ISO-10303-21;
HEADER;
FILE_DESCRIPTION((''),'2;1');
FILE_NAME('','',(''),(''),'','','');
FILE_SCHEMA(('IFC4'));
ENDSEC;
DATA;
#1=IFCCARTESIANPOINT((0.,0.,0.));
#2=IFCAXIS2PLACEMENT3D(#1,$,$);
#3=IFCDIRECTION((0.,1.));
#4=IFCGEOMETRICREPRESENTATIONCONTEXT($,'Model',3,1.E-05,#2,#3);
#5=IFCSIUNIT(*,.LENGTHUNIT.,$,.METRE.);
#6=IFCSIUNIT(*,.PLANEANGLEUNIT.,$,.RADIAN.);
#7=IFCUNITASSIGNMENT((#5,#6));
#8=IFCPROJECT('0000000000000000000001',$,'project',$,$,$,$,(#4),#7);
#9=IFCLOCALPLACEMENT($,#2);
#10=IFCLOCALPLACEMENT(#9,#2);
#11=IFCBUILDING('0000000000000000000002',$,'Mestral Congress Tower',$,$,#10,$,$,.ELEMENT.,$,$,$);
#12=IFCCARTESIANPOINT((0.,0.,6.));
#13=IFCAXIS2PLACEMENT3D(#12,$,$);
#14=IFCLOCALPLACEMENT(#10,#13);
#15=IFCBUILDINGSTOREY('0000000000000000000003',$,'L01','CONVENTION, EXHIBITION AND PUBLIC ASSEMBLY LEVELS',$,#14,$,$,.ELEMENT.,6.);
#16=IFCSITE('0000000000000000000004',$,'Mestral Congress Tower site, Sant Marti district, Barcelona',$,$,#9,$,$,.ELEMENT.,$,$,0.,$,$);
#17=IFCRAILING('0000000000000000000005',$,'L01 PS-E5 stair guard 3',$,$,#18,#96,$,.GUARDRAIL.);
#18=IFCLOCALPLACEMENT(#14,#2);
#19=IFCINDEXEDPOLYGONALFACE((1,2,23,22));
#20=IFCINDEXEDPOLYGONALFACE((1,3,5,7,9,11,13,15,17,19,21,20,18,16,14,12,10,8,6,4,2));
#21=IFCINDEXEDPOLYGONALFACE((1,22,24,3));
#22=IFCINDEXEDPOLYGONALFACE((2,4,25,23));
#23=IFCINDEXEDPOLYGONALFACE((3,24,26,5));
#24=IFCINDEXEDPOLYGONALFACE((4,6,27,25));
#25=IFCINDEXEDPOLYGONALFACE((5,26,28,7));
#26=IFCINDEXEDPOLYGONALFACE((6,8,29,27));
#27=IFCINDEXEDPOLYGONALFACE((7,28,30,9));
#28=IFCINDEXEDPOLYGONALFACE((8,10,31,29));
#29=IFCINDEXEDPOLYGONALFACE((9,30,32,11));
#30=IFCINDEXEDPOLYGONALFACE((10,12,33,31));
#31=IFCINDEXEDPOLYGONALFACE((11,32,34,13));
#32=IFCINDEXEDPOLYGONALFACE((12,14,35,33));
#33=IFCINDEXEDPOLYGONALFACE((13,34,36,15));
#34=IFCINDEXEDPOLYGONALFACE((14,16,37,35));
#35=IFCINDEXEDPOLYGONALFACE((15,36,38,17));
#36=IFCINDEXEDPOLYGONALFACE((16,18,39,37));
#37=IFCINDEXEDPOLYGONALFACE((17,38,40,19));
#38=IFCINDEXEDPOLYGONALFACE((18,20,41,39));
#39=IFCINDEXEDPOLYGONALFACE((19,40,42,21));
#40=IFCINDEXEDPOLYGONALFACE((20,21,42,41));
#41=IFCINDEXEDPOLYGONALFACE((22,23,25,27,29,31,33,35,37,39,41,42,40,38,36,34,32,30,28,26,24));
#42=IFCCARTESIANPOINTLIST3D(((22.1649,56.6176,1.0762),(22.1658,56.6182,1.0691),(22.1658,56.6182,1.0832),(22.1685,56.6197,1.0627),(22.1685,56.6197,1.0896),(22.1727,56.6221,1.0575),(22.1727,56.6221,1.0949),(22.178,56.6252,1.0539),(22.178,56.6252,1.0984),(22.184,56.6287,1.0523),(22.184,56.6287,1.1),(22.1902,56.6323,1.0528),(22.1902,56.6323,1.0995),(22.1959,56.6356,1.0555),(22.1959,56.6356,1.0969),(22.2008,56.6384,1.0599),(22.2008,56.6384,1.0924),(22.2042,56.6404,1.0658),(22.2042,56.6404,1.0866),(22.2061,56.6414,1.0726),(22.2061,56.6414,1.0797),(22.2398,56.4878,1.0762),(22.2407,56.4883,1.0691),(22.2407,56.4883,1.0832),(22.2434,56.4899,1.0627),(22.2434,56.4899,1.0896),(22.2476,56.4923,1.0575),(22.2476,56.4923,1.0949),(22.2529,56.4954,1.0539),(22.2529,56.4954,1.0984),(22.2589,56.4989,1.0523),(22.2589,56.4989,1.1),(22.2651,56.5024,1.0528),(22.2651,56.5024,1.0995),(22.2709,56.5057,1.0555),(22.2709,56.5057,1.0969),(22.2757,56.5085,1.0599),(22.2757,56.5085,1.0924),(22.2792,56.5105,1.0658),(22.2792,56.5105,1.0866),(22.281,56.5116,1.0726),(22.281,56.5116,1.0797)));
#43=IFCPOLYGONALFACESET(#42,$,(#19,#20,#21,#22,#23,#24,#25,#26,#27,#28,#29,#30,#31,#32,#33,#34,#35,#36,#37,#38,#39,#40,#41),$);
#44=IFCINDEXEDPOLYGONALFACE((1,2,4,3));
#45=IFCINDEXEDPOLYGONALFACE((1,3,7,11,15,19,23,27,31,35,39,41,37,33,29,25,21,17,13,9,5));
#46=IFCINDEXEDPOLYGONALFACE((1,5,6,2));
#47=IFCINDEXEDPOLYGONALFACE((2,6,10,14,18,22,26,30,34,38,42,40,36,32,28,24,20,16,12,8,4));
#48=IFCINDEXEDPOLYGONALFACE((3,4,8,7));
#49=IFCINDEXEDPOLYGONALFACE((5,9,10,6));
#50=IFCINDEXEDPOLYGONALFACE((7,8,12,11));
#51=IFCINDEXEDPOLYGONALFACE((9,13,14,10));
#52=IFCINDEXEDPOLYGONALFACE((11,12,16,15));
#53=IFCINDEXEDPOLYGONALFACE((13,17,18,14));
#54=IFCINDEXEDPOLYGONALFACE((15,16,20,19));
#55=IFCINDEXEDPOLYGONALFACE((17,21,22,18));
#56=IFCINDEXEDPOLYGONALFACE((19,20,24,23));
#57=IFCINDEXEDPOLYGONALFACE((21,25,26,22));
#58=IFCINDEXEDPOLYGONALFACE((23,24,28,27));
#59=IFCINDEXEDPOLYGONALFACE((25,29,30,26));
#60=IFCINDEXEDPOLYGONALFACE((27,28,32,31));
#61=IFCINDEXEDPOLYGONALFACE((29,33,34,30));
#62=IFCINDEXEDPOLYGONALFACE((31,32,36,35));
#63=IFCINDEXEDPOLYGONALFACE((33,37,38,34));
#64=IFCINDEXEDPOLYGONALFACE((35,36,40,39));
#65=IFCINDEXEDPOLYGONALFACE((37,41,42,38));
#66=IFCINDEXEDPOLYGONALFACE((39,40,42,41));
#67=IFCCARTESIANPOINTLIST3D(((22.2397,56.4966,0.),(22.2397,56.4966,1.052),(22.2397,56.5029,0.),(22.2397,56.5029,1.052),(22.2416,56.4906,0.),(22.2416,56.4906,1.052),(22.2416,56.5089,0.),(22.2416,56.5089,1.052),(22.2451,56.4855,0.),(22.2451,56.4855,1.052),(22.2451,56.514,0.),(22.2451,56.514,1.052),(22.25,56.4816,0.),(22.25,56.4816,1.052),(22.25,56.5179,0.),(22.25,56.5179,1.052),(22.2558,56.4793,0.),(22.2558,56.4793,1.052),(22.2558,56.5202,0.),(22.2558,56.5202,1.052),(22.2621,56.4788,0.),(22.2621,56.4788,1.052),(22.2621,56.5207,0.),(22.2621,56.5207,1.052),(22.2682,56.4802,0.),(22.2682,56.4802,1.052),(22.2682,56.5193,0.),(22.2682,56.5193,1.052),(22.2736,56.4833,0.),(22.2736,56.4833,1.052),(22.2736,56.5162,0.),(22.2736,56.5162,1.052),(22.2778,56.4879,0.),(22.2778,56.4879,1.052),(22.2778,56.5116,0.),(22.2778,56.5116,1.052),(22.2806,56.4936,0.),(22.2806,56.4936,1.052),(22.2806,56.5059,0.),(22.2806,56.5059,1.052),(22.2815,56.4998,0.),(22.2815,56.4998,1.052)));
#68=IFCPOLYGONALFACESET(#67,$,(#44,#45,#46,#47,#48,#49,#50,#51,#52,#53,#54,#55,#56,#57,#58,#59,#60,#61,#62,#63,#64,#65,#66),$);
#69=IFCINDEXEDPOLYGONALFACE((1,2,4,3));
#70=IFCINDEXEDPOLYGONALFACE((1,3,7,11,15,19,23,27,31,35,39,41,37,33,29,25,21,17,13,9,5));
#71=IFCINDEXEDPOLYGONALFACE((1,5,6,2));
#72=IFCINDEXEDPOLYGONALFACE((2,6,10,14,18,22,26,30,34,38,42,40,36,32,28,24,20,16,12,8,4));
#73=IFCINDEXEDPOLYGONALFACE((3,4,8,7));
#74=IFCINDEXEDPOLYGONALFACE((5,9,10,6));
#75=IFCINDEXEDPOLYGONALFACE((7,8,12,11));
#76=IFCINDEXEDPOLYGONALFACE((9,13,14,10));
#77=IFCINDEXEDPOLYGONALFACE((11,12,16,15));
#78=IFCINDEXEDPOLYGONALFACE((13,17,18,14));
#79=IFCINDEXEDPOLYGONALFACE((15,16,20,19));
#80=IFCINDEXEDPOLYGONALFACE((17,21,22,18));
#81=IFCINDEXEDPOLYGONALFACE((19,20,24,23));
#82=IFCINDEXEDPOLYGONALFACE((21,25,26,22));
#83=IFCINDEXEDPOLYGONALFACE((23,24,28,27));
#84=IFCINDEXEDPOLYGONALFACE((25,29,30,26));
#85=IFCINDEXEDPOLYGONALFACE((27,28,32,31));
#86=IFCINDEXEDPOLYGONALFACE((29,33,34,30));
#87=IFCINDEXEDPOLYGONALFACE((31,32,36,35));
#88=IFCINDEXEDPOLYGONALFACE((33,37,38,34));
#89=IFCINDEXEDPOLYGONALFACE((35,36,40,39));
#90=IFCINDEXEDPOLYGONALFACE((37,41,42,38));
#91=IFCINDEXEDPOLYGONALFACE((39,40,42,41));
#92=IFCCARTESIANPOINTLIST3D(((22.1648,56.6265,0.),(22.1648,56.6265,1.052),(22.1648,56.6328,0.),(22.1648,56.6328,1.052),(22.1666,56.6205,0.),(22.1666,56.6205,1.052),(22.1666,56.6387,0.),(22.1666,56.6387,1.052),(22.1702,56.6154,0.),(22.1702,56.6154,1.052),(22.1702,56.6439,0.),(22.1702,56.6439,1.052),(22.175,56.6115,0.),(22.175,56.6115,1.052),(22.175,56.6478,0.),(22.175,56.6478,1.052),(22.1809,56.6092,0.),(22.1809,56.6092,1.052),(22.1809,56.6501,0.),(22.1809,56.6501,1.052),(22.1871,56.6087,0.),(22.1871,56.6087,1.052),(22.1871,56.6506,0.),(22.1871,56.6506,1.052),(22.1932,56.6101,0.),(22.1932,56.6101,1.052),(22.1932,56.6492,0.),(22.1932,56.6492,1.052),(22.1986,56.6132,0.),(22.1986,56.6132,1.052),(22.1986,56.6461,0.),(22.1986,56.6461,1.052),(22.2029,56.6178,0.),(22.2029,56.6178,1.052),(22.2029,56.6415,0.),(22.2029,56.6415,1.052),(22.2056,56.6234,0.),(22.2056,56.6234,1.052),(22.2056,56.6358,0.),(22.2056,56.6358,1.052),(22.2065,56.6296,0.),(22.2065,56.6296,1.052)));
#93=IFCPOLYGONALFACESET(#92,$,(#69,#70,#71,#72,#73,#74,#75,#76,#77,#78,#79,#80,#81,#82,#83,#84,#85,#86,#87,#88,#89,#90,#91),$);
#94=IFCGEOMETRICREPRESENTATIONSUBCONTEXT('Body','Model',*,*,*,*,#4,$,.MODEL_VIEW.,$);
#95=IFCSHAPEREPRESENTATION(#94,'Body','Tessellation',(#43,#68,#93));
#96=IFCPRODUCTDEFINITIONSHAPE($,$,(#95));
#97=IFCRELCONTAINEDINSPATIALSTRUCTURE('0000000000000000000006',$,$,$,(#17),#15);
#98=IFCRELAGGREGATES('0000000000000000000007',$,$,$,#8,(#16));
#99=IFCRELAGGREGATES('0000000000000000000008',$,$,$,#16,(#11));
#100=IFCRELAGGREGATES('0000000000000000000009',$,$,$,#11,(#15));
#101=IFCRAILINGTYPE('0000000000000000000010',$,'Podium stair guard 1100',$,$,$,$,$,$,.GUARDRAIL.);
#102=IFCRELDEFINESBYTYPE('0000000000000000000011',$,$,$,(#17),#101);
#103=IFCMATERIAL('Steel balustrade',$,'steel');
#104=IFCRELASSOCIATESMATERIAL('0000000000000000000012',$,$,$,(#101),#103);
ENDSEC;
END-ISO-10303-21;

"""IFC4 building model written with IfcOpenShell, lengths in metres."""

from ifc_helpers import new_model, si_unit, direction, frame, origin, origin_2d, place, context, subcontext, project, spatial, circle, extrude, material, type_object, element, save


model = new_model("IFC4")

# Units and contexts
model_context = context("Model", 3, precision=1e-05, world=origin(), true_north=direction((0.0, 1.0)))
body_context = subcontext(model_context, "Body", "Model", "MODEL_VIEW")
ifc_project = project(units=[si_unit("LENGTHUNIT", "METRE"), si_unit("PLANEANGLEUNIT", "RADIAN")], contexts=[model_context])

# Site, building, storey
site_placement = place(None, origin())
site = spatial("IfcSite", under=ifc_project, at=site_placement, Name="Mestral Congress Tower site, Sant Marti district, Barcelona", CompositionType="ELEMENT", RefElevation=0.0)
building_placement = place(site_placement, origin())
building = spatial("IfcBuilding", under=site, at=building_placement, Name="Mestral Congress Tower", CompositionType="ELEMENT")
storey_placement = place(building_placement, frame((0.0, 0.0, 6.0)))
storey = spatial("IfcBuildingStorey", under=building, at=storey_placement, Name="L01", Description="CONVENTION, EXHIBITION AND PUBLIC ASSEMBLY LEVELS", CompositionType="ELEMENT", Elevation=6.0)

# Railing
ifc_material_1 = material(Name="Steel balustrade", Category="steel")
railing_type_1 = type_object("IfcRailingType", Name="Podium stair guard 1100", PredefinedType="GUARDRAIL", material=ifc_material_1)
railing_1_placement = place(storey_placement, frame((22.2605, 56.4998, 0.0)))
element("IfcRailing", 1, at=railing_1_placement, inside=storey, type_object=railing_type_1, Name="L01 PS-E5 stair guard 3", PredefinedType="GUARDRAIL", context=body_context, shape_type="SweptSolid", body=[
    extrude(circle(Radius=0.0239, at=origin_2d()), frame((0.0, 0.0, 1.0762), z_axis=(-0.499816, 0.866131, 0.0), x_axis=(-0.866131, -0.499816, 0.0)), (0.0, 0.0, 1.0), 0.1499),
    extrude(circle(Radius=0.021, at=origin_2d()), origin(), (0.0, 0.0, 1.0), 1.052),
    extrude(circle(Radius=0.021, at=origin_2d()), frame((-0.075, 0.1299, 0.0)), (0.0, 0.0, 1.0), 1.052),
])

save(model, "model.ifc")
